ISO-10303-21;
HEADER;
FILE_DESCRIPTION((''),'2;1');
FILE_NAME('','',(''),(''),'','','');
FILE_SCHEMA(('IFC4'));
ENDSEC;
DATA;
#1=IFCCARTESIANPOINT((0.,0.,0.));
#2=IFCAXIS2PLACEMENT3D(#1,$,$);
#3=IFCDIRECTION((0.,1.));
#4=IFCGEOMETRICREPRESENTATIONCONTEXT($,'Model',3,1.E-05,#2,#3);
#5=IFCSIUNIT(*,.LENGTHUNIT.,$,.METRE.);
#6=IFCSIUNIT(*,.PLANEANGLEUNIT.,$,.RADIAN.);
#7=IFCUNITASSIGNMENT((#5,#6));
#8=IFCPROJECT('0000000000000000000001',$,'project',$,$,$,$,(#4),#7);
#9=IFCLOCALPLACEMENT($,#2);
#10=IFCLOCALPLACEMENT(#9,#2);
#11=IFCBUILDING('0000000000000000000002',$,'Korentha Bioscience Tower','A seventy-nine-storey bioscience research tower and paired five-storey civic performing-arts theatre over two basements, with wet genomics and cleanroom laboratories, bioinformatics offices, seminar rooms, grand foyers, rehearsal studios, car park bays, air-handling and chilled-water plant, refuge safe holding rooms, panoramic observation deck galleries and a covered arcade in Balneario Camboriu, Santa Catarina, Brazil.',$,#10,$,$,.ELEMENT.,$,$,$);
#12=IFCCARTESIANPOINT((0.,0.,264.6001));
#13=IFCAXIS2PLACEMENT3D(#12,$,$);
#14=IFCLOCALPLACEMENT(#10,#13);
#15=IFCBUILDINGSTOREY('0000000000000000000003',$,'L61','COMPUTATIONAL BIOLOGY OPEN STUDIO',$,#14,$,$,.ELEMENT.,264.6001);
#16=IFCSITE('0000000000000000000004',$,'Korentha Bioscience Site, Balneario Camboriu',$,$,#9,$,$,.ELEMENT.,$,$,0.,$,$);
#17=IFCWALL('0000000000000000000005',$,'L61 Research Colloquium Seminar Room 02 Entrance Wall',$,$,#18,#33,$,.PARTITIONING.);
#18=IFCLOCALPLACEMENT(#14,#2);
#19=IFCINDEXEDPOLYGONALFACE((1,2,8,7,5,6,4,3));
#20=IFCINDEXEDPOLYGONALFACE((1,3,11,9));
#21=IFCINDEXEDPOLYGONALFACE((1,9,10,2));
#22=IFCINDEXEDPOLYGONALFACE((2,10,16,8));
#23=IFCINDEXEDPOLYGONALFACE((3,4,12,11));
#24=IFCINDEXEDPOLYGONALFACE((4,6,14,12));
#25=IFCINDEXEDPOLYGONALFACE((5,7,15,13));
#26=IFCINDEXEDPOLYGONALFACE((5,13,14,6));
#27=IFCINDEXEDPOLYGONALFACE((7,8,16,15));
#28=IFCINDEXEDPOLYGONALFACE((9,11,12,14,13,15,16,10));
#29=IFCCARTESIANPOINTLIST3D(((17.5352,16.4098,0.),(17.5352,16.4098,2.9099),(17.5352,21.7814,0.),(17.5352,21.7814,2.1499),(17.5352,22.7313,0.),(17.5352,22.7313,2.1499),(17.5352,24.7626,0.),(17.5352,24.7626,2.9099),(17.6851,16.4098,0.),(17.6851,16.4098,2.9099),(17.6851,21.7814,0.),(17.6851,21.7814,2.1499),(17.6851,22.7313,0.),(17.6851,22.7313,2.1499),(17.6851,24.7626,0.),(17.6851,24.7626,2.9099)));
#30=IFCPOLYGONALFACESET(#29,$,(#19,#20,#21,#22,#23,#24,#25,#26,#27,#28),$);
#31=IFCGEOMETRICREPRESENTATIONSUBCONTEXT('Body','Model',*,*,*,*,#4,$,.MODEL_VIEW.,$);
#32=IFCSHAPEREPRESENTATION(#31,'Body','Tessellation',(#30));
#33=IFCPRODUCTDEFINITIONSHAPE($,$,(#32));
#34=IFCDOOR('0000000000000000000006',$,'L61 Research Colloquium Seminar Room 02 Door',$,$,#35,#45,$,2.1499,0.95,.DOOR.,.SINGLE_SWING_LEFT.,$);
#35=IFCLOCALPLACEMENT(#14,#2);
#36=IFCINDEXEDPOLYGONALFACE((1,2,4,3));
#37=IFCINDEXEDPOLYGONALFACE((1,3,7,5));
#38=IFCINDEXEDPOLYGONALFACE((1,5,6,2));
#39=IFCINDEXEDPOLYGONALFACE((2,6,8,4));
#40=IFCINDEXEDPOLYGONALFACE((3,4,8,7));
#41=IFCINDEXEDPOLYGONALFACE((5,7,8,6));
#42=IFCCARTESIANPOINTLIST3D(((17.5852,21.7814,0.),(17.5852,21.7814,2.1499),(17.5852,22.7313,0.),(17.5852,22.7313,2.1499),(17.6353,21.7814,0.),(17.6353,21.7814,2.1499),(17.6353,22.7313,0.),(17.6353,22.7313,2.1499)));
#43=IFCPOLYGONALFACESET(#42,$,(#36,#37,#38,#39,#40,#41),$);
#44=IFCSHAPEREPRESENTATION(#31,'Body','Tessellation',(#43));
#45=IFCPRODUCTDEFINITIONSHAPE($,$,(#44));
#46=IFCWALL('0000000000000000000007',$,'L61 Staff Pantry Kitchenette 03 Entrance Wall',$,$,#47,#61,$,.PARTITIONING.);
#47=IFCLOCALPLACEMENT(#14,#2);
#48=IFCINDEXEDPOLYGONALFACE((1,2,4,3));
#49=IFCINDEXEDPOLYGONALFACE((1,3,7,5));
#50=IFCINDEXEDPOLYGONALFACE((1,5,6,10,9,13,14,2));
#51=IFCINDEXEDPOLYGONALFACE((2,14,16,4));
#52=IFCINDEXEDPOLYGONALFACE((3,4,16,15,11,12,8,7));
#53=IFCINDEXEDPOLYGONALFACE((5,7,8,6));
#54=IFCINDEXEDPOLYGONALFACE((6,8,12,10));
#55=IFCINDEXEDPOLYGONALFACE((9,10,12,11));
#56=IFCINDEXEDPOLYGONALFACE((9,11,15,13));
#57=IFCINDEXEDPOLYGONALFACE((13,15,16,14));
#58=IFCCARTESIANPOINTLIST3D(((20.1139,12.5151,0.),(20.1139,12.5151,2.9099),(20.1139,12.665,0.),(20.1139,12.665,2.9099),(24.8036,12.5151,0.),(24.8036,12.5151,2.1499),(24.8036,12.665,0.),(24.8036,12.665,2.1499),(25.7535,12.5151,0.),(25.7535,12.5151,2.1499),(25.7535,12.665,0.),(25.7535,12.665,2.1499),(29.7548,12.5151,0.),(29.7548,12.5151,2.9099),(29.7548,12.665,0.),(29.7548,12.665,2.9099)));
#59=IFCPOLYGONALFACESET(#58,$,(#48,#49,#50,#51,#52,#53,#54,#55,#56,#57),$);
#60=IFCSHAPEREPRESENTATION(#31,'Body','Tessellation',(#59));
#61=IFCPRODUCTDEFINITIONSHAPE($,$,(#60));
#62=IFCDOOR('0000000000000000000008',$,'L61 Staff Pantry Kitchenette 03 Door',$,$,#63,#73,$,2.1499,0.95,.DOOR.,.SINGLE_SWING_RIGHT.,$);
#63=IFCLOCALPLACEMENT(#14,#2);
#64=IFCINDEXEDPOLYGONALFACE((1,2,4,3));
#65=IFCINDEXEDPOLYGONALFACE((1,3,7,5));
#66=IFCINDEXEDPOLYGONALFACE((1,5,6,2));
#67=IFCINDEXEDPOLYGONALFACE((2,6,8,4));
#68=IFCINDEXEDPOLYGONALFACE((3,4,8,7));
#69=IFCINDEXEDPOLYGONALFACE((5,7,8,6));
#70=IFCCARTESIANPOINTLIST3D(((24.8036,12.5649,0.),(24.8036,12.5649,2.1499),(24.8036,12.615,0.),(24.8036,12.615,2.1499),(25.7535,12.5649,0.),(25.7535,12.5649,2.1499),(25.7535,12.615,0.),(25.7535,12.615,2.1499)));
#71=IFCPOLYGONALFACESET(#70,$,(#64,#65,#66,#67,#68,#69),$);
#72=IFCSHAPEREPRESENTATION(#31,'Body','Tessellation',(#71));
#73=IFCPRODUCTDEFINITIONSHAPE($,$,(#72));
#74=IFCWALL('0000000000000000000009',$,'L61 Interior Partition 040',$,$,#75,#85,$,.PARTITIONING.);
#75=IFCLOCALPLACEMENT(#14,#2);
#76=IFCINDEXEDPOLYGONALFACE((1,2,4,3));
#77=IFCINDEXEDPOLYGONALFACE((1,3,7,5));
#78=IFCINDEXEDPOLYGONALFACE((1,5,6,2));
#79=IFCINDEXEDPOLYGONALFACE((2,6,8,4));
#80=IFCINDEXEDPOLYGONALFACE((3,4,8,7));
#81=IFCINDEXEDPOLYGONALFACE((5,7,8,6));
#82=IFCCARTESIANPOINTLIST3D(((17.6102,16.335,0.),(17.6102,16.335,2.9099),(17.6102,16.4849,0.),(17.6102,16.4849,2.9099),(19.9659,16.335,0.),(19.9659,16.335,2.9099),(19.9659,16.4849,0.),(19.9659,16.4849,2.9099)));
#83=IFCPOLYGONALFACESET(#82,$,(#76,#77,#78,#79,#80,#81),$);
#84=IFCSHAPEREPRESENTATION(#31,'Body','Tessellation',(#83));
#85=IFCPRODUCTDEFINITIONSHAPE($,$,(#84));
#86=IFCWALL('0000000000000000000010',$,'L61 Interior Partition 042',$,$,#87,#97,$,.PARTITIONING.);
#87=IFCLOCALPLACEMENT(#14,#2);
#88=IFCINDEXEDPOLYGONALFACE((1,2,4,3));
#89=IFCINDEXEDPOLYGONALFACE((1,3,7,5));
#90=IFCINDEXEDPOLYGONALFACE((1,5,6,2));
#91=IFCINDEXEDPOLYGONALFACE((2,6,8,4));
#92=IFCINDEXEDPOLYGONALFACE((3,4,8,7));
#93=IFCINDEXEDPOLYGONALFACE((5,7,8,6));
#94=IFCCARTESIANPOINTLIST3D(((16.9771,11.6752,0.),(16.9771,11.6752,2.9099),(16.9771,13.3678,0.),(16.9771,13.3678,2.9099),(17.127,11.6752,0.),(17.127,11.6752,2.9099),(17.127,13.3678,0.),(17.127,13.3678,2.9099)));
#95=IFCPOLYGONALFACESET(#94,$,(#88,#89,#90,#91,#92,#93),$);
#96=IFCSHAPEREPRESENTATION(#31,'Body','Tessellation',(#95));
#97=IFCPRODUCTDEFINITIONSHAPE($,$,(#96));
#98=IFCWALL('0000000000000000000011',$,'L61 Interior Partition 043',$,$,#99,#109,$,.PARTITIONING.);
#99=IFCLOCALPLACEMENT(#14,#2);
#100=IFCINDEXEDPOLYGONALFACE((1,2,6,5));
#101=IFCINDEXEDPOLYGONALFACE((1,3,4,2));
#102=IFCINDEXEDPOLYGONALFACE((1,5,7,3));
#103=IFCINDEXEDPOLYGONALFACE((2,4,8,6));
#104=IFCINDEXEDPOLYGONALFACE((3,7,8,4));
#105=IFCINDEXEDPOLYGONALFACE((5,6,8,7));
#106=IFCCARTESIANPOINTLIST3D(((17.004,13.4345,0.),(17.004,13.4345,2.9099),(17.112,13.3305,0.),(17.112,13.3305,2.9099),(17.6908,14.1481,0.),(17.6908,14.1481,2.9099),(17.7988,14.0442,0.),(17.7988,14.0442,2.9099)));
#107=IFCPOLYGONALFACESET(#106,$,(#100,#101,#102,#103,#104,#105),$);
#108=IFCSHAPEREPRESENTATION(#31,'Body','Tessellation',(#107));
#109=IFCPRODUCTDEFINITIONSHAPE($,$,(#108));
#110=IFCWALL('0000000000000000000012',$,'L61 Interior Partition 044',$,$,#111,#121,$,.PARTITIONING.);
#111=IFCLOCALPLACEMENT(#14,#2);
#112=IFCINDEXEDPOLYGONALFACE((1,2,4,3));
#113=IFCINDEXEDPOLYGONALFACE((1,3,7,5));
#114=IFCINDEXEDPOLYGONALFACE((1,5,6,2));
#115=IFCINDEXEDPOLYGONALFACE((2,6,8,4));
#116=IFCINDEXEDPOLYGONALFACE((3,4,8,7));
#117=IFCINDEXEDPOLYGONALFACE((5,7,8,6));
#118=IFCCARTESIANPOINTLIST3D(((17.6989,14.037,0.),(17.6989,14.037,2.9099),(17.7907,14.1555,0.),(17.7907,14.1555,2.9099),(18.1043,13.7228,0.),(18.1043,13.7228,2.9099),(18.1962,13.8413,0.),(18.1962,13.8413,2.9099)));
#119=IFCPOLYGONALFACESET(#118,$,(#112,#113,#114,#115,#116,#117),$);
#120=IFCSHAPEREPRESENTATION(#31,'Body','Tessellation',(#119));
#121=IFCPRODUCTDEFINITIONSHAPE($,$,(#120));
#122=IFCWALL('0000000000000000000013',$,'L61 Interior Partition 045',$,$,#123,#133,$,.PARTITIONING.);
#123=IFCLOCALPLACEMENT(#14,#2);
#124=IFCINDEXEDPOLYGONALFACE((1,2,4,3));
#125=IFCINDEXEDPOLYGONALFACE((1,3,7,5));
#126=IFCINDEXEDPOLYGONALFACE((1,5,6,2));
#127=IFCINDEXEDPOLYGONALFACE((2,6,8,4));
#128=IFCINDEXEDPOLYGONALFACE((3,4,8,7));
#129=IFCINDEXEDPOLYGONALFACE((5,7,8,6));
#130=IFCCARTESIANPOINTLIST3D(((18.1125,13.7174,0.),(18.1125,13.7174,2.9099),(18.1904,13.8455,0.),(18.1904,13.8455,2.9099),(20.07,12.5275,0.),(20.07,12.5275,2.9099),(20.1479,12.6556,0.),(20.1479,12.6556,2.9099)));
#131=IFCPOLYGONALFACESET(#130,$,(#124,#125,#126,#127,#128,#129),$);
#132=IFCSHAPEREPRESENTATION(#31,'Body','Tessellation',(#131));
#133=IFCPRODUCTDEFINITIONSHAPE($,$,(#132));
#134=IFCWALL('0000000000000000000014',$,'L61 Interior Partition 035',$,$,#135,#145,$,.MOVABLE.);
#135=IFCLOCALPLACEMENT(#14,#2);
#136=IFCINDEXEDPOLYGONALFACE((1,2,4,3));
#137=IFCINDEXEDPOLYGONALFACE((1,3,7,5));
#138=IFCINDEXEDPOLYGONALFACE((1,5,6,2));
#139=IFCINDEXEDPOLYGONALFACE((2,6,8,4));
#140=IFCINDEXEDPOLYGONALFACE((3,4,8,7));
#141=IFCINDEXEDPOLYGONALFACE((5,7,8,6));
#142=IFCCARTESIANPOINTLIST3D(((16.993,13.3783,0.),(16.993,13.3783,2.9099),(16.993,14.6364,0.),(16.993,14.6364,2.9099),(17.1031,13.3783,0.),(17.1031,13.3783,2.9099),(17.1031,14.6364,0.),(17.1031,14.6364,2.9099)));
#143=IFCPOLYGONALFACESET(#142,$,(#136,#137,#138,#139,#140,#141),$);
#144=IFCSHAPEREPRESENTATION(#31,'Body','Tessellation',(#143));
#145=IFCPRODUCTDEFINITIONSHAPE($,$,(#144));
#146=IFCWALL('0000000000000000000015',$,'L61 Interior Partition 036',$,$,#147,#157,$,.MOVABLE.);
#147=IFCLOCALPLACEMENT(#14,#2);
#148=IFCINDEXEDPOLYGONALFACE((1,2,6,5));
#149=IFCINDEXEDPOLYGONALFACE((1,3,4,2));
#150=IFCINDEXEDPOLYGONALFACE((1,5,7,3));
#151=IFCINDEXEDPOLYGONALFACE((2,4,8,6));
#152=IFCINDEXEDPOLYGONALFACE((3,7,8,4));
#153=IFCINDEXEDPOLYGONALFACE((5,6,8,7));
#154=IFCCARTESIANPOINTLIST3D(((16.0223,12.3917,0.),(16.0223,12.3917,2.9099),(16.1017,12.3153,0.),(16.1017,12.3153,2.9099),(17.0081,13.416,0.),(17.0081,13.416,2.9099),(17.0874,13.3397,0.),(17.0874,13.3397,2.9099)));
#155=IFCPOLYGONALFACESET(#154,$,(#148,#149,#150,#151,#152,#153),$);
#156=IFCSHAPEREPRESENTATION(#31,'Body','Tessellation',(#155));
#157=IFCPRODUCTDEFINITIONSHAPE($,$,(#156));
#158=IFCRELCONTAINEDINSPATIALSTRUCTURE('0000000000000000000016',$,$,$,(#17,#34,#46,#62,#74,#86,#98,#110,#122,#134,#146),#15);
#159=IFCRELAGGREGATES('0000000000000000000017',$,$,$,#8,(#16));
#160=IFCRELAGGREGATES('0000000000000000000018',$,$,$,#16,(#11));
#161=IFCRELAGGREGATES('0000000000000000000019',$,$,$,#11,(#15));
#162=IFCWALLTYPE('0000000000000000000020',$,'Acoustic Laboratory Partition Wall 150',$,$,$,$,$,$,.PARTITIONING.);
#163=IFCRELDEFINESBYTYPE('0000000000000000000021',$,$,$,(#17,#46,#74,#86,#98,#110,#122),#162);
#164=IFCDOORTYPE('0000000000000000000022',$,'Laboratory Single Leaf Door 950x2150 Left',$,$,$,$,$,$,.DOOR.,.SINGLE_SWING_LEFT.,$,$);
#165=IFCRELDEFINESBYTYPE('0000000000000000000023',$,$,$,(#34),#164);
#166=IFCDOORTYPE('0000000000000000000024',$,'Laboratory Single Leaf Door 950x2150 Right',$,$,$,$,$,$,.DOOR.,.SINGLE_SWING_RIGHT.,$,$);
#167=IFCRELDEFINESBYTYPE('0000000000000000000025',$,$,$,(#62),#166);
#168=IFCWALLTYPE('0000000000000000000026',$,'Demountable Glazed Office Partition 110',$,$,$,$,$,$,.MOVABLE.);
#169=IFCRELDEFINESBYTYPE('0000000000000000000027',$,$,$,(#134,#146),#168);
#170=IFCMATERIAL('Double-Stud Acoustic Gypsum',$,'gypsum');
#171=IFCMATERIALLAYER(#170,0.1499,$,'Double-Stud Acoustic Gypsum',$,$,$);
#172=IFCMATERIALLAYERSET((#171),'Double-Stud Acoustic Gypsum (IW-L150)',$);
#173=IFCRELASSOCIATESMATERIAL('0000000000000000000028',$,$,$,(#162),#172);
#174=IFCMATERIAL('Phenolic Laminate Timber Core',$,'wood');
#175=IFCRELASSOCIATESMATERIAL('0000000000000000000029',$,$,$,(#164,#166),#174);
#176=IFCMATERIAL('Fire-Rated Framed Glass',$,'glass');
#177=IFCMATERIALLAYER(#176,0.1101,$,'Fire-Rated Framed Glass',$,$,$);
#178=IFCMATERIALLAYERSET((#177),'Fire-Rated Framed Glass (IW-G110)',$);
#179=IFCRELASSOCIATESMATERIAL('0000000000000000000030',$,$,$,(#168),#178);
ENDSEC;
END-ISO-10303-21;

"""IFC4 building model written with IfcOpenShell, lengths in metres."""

from ifc_helpers import new_model, si_unit, direction, frame, frame_2d, origin, place, context, subcontext, project, spatial, rectangle, extrude, material, layer, layer_set, type_object, element, fill, save


model = new_model("IFC4")

# Units and contexts
model_context = context("Model", 3, precision=1e-05, world=origin(), true_north=direction((0.0, 1.0)))
body_context = subcontext(model_context, "Body", "Model", "MODEL_VIEW")
ifc_project = project(units=[si_unit("LENGTHUNIT", "METRE"), si_unit("PLANEANGLEUNIT", "RADIAN")], contexts=[model_context])

# Site, building, storey
site_placement = place(None, origin())
site = spatial("IfcSite", under=ifc_project, at=site_placement, Name="Korentha Bioscience Site, Balneario Camboriu", CompositionType="ELEMENT", RefElevation=0.0)
building_placement = place(site_placement, origin())
building = spatial("IfcBuilding", under=site, at=building_placement, Name="Korentha Bioscience Tower", Description="A seventy-nine-storey bioscience research tower and paired five-storey civic performing-arts theatre over two basements, with wet genomics and cleanroom laboratories, bioinformatics offices, seminar rooms, grand foyers, rehearsal studios, car park bays, air-handling and chilled-water plant, refuge safe holding rooms, panoramic observation deck galleries and a covered arcade in Balneario Camboriu, Santa Catarina, Brazil.", CompositionType="ELEMENT")
storey_placement = place(building_placement, frame((0.0, 0.0, 264.6001)))
storey = spatial("IfcBuildingStorey", under=building, at=storey_placement, Name="L61", Description="COMPUTATIONAL BIOLOGY OPEN STUDIO", CompositionType="ELEMENT", Elevation=264.6001)

# Walls, openings, doors
ifc_material_1 = material(Name="Double-Stud Acoustic Gypsum", Category="gypsum")
ifc_layer_1 = layer(ifc_material_1, 0.1499, Name="Double-Stud Acoustic Gypsum")
ifc_layer_set_1 = layer_set([ifc_layer_1], Name="Double-Stud Acoustic Gypsum (IW-L150)")
wall_type_1 = type_object("IfcWallType", Name="Acoustic Laboratory Partition Wall 150", PredefinedType="PARTITIONING", material=ifc_layer_set_1)
wall_1_placement = place(storey_placement, frame((17.6101, 16.4099, 0.0), z_axis=(0.0, 0.0, 1.0), x_axis=(0.0, 1.0, 0.0)))
wall_1 = element("IfcWall", 1, at=wall_1_placement, inside=storey, type_object=wall_type_1, Name="L61 Research Colloquium Seminar Room 02 Entrance Wall", PredefinedType="PARTITIONING", context=body_context, shape_type="SweptSolid", body=[
    extrude(rectangle(XDim=8.3528, YDim=0.1499, at=frame_2d((4.1763, 0.0))), origin(), (0.0, 0.0, 1.0), 2.9099),
])
opening_1_placement = place(wall_1_placement, frame((5.3713, 0.0, 0.0)))
opening_1 = element("IfcOpeningElement", 2, at=opening_1_placement, cuts=wall_1, PredefinedType="OPENING", context=body_context, shape_type="SweptSolid", body=[
    extrude(rectangle(XDim=0.95, YDim=2.1499, at=frame_2d((0.4751, 1.075))), frame((0.0, 0.0898, 0.0), z_axis=(0.0, -1.0, 0.0), x_axis=(1.0, 0.0, 0.0)), (0.0, 0.0, 1.0), 0.1797),
])
ifc_material_2 = material(Name="Phenolic Laminate Timber Core", Category="wood")
door_type_1 = type_object("IfcDoorType", Name="Laboratory Single Leaf Door 950x2150 Left", OperationType="SINGLE_SWING_LEFT", PredefinedType="DOOR", material=ifc_material_2)
door_1_placement = place(opening_1_placement, origin())
door_1 = element("IfcDoor", 3, at=door_1_placement, inside=storey, type_object=door_type_1, Name="L61 Research Colloquium Seminar Room 02 Door", OperationType="SINGLE_SWING_LEFT", OverallHeight=2.1499, OverallWidth=0.95, PredefinedType="DOOR", context=body_context, shape_type="SweptSolid", body=[
    extrude(rectangle(XDim=0.95, YDim=2.1499, at=frame_2d((0.4751, 1.075))), frame((0.0, 0.0249, 0.0), z_axis=(0.0, -1.0, 0.0), x_axis=(1.0, 0.0, 0.0)), (0.0, 0.0, 1.0), 0.05),
])
fill(opening_1, door_1)
wall_2_placement = place(storey_placement, frame((20.114, 12.5901, 0.0), z_axis=(0.0, 0.0, 1.0), x_axis=(1.0, 0.0, 0.0)))
wall_2 = element("IfcWall", 4, at=wall_2_placement, inside=storey, type_object=wall_type_1, Name="L61 Staff Pantry Kitchenette 03 Entrance Wall", PredefinedType="PARTITIONING", context=body_context, shape_type="SweptSolid", body=[
    extrude(rectangle(XDim=9.6409, YDim=0.1499, at=frame_2d((4.8203, 0.0))), origin(), (0.0, 0.0, 1.0), 2.9099),
])
opening_2_placement = place(wall_2_placement, frame((4.6895, 0.0, 0.0)))
opening_2 = element("IfcOpeningElement", 5, at=opening_2_placement, cuts=wall_2, PredefinedType="OPENING", context=body_context, shape_type="SweptSolid", body=[
    extrude(rectangle(XDim=0.95, YDim=2.1499, at=frame_2d((0.4751, 1.075))), frame((0.0, 0.0898, 0.0), z_axis=(0.0, -1.0, 0.0), x_axis=(1.0, 0.0, 0.0)), (0.0, 0.0, 1.0), 0.1797),
])
door_type_2 = type_object("IfcDoorType", Name="Laboratory Single Leaf Door 950x2150 Right", OperationType="SINGLE_SWING_RIGHT", PredefinedType="DOOR", material=ifc_material_2)
door_2_placement = place(opening_2_placement, origin())
door_2 = element("IfcDoor", 6, at=door_2_placement, inside=storey, type_object=door_type_2, Name="L61 Staff Pantry Kitchenette 03 Door", OperationType="SINGLE_SWING_RIGHT", OverallHeight=2.1499, OverallWidth=0.95, PredefinedType="DOOR", context=body_context, shape_type="SweptSolid", body=[
    extrude(rectangle(XDim=0.95, YDim=2.1499, at=frame_2d((0.4751, 1.075))), frame((0.0, 0.0249, 0.0), z_axis=(0.0, -1.0, 0.0), x_axis=(1.0, 0.0, 0.0)), (0.0, 0.0, 1.0), 0.05),
])
fill(opening_2, door_2)

# Walls
wall_3_placement = place(storey_placement, frame((19.9658, 16.4099, 0.0), z_axis=(0.0, 0.0, 1.0), x_axis=(-1.0, 0.0, 0.0)))
element("IfcWall", 7, at=wall_3_placement, inside=storey, type_object=wall_type_1, Name="L61 Interior Partition 040", PredefinedType="PARTITIONING", context=body_context, shape_type="SweptSolid", body=[
    extrude(rectangle(XDim=2.3557, YDim=0.1499, at=frame_2d((1.1777, 0.0))), origin(), (0.0, 0.0, 1.0), 2.9099),
])
wall_4_placement = place(storey_placement, frame((17.052, 11.6753, 0.0), z_axis=(0.0, 0.0, 1.0), x_axis=(0.0, 1.0, 0.0)))
element("IfcWall", 8, at=wall_4_placement, inside=storey, type_object=wall_type_1, Name="L61 Interior Partition 042", PredefinedType="PARTITIONING", context=body_context, shape_type="SweptSolid", body=[
    extrude(rectangle(XDim=1.6926, YDim=0.1499, at=frame_2d((0.8462, 0.0))), origin(), (0.0, 0.0, 1.0), 2.9099),
])
wall_5_placement = place(storey_placement, frame((17.0581, 13.3826, 0.0), z_axis=(0.0, 0.0, 1.0), x_axis=(0.693419, 0.720535, 0.0)))
element("IfcWall", 9, at=wall_5_placement, inside=storey, type_object=wall_type_1, Name="L61 Interior Partition 043", PredefinedType="PARTITIONING", context=body_context, shape_type="SweptSolid", body=[
    extrude(rectangle(XDim=0.9905, YDim=0.1499, at=frame_2d((0.4951, 0.0))), origin(), (0.0, 0.0, 1.0), 2.9099),
])
wall_6_placement = place(storey_placement, frame((17.7449, 14.0962, 0.0), z_axis=(0.0, 0.0, 1.0), x_axis=(0.790478, -0.61249, 0.0)))
element("IfcWall", 10, at=wall_6_placement, inside=storey, type_object=wall_type_1, Name="L61 Interior Partition 044", PredefinedType="PARTITIONING", context=body_context, shape_type="SweptSolid", body=[
    extrude(rectangle(XDim=0.5129, YDim=0.1499, at=frame_2d((0.2563, 0.0))), origin(), (0.0, 0.0, 1.0), 2.9099),
])
wall_7_placement = place(storey_placement, frame((18.1514, 13.7815, 0.0), z_axis=(0.0, 0.0, 1.0), x_axis=(0.854507, -0.51944, 0.0)))
element("IfcWall", 11, at=wall_7_placement, inside=storey, type_object=wall_type_1, Name="L61 Interior Partition 045", PredefinedType="PARTITIONING", context=body_context, shape_type="SweptSolid", body=[
    extrude(rectangle(XDim=2.2908, YDim=0.1499, at=frame_2d((1.1455, 0.0))), origin(), (0.0, 0.0, 1.0), 2.9099),
])
ifc_material_3 = material(Name="Fire-Rated Framed Glass", Category="glass")
ifc_layer_2 = layer(ifc_material_3, 0.1101, Name="Fire-Rated Framed Glass")
ifc_layer_set_2 = layer_set([ifc_layer_2], Name="Fire-Rated Framed Glass (IW-G110)")
wall_type_2 = type_object("IfcWallType", Name="Demountable Glazed Office Partition 110", PredefinedType="MOVABLE", material=ifc_layer_set_2)
wall_8_placement = place(storey_placement, frame((17.0481, 14.6362, 0.0), z_axis=(0.0, 0.0, 1.0), x_axis=(0.0, -1.0, 0.0)))
element("IfcWall", 12, at=wall_8_placement, inside=storey, type_object=wall_type_2, Name="L61 Interior Partition 035", PredefinedType="MOVABLE", context=body_context, shape_type="SweptSolid", body=[
    extrude(rectangle(XDim=1.2581, YDim=0.1101, at=frame_2d((0.6289, 0.0))), origin(), (0.0, 0.0, 1.0), 2.9099),
])
wall_9_placement = place(storey_placement, frame((17.0479, 13.3779, 0.0), z_axis=(0.0, 0.0, 1.0), x_axis=(-0.693411, -0.720543, 0.0)))
element("IfcWall", 13, at=wall_9_placement, inside=storey, type_object=wall_type_2, Name="L61 Interior Partition 036", PredefinedType="MOVABLE", context=body_context, shape_type="SweptSolid", body=[
    extrude(rectangle(XDim=1.4216, YDim=0.1101, at=frame_2d((0.7109, 0.0))), origin(), (0.0, 0.0, 1.0), 2.9099),
])

save(model, "model.ifc")
